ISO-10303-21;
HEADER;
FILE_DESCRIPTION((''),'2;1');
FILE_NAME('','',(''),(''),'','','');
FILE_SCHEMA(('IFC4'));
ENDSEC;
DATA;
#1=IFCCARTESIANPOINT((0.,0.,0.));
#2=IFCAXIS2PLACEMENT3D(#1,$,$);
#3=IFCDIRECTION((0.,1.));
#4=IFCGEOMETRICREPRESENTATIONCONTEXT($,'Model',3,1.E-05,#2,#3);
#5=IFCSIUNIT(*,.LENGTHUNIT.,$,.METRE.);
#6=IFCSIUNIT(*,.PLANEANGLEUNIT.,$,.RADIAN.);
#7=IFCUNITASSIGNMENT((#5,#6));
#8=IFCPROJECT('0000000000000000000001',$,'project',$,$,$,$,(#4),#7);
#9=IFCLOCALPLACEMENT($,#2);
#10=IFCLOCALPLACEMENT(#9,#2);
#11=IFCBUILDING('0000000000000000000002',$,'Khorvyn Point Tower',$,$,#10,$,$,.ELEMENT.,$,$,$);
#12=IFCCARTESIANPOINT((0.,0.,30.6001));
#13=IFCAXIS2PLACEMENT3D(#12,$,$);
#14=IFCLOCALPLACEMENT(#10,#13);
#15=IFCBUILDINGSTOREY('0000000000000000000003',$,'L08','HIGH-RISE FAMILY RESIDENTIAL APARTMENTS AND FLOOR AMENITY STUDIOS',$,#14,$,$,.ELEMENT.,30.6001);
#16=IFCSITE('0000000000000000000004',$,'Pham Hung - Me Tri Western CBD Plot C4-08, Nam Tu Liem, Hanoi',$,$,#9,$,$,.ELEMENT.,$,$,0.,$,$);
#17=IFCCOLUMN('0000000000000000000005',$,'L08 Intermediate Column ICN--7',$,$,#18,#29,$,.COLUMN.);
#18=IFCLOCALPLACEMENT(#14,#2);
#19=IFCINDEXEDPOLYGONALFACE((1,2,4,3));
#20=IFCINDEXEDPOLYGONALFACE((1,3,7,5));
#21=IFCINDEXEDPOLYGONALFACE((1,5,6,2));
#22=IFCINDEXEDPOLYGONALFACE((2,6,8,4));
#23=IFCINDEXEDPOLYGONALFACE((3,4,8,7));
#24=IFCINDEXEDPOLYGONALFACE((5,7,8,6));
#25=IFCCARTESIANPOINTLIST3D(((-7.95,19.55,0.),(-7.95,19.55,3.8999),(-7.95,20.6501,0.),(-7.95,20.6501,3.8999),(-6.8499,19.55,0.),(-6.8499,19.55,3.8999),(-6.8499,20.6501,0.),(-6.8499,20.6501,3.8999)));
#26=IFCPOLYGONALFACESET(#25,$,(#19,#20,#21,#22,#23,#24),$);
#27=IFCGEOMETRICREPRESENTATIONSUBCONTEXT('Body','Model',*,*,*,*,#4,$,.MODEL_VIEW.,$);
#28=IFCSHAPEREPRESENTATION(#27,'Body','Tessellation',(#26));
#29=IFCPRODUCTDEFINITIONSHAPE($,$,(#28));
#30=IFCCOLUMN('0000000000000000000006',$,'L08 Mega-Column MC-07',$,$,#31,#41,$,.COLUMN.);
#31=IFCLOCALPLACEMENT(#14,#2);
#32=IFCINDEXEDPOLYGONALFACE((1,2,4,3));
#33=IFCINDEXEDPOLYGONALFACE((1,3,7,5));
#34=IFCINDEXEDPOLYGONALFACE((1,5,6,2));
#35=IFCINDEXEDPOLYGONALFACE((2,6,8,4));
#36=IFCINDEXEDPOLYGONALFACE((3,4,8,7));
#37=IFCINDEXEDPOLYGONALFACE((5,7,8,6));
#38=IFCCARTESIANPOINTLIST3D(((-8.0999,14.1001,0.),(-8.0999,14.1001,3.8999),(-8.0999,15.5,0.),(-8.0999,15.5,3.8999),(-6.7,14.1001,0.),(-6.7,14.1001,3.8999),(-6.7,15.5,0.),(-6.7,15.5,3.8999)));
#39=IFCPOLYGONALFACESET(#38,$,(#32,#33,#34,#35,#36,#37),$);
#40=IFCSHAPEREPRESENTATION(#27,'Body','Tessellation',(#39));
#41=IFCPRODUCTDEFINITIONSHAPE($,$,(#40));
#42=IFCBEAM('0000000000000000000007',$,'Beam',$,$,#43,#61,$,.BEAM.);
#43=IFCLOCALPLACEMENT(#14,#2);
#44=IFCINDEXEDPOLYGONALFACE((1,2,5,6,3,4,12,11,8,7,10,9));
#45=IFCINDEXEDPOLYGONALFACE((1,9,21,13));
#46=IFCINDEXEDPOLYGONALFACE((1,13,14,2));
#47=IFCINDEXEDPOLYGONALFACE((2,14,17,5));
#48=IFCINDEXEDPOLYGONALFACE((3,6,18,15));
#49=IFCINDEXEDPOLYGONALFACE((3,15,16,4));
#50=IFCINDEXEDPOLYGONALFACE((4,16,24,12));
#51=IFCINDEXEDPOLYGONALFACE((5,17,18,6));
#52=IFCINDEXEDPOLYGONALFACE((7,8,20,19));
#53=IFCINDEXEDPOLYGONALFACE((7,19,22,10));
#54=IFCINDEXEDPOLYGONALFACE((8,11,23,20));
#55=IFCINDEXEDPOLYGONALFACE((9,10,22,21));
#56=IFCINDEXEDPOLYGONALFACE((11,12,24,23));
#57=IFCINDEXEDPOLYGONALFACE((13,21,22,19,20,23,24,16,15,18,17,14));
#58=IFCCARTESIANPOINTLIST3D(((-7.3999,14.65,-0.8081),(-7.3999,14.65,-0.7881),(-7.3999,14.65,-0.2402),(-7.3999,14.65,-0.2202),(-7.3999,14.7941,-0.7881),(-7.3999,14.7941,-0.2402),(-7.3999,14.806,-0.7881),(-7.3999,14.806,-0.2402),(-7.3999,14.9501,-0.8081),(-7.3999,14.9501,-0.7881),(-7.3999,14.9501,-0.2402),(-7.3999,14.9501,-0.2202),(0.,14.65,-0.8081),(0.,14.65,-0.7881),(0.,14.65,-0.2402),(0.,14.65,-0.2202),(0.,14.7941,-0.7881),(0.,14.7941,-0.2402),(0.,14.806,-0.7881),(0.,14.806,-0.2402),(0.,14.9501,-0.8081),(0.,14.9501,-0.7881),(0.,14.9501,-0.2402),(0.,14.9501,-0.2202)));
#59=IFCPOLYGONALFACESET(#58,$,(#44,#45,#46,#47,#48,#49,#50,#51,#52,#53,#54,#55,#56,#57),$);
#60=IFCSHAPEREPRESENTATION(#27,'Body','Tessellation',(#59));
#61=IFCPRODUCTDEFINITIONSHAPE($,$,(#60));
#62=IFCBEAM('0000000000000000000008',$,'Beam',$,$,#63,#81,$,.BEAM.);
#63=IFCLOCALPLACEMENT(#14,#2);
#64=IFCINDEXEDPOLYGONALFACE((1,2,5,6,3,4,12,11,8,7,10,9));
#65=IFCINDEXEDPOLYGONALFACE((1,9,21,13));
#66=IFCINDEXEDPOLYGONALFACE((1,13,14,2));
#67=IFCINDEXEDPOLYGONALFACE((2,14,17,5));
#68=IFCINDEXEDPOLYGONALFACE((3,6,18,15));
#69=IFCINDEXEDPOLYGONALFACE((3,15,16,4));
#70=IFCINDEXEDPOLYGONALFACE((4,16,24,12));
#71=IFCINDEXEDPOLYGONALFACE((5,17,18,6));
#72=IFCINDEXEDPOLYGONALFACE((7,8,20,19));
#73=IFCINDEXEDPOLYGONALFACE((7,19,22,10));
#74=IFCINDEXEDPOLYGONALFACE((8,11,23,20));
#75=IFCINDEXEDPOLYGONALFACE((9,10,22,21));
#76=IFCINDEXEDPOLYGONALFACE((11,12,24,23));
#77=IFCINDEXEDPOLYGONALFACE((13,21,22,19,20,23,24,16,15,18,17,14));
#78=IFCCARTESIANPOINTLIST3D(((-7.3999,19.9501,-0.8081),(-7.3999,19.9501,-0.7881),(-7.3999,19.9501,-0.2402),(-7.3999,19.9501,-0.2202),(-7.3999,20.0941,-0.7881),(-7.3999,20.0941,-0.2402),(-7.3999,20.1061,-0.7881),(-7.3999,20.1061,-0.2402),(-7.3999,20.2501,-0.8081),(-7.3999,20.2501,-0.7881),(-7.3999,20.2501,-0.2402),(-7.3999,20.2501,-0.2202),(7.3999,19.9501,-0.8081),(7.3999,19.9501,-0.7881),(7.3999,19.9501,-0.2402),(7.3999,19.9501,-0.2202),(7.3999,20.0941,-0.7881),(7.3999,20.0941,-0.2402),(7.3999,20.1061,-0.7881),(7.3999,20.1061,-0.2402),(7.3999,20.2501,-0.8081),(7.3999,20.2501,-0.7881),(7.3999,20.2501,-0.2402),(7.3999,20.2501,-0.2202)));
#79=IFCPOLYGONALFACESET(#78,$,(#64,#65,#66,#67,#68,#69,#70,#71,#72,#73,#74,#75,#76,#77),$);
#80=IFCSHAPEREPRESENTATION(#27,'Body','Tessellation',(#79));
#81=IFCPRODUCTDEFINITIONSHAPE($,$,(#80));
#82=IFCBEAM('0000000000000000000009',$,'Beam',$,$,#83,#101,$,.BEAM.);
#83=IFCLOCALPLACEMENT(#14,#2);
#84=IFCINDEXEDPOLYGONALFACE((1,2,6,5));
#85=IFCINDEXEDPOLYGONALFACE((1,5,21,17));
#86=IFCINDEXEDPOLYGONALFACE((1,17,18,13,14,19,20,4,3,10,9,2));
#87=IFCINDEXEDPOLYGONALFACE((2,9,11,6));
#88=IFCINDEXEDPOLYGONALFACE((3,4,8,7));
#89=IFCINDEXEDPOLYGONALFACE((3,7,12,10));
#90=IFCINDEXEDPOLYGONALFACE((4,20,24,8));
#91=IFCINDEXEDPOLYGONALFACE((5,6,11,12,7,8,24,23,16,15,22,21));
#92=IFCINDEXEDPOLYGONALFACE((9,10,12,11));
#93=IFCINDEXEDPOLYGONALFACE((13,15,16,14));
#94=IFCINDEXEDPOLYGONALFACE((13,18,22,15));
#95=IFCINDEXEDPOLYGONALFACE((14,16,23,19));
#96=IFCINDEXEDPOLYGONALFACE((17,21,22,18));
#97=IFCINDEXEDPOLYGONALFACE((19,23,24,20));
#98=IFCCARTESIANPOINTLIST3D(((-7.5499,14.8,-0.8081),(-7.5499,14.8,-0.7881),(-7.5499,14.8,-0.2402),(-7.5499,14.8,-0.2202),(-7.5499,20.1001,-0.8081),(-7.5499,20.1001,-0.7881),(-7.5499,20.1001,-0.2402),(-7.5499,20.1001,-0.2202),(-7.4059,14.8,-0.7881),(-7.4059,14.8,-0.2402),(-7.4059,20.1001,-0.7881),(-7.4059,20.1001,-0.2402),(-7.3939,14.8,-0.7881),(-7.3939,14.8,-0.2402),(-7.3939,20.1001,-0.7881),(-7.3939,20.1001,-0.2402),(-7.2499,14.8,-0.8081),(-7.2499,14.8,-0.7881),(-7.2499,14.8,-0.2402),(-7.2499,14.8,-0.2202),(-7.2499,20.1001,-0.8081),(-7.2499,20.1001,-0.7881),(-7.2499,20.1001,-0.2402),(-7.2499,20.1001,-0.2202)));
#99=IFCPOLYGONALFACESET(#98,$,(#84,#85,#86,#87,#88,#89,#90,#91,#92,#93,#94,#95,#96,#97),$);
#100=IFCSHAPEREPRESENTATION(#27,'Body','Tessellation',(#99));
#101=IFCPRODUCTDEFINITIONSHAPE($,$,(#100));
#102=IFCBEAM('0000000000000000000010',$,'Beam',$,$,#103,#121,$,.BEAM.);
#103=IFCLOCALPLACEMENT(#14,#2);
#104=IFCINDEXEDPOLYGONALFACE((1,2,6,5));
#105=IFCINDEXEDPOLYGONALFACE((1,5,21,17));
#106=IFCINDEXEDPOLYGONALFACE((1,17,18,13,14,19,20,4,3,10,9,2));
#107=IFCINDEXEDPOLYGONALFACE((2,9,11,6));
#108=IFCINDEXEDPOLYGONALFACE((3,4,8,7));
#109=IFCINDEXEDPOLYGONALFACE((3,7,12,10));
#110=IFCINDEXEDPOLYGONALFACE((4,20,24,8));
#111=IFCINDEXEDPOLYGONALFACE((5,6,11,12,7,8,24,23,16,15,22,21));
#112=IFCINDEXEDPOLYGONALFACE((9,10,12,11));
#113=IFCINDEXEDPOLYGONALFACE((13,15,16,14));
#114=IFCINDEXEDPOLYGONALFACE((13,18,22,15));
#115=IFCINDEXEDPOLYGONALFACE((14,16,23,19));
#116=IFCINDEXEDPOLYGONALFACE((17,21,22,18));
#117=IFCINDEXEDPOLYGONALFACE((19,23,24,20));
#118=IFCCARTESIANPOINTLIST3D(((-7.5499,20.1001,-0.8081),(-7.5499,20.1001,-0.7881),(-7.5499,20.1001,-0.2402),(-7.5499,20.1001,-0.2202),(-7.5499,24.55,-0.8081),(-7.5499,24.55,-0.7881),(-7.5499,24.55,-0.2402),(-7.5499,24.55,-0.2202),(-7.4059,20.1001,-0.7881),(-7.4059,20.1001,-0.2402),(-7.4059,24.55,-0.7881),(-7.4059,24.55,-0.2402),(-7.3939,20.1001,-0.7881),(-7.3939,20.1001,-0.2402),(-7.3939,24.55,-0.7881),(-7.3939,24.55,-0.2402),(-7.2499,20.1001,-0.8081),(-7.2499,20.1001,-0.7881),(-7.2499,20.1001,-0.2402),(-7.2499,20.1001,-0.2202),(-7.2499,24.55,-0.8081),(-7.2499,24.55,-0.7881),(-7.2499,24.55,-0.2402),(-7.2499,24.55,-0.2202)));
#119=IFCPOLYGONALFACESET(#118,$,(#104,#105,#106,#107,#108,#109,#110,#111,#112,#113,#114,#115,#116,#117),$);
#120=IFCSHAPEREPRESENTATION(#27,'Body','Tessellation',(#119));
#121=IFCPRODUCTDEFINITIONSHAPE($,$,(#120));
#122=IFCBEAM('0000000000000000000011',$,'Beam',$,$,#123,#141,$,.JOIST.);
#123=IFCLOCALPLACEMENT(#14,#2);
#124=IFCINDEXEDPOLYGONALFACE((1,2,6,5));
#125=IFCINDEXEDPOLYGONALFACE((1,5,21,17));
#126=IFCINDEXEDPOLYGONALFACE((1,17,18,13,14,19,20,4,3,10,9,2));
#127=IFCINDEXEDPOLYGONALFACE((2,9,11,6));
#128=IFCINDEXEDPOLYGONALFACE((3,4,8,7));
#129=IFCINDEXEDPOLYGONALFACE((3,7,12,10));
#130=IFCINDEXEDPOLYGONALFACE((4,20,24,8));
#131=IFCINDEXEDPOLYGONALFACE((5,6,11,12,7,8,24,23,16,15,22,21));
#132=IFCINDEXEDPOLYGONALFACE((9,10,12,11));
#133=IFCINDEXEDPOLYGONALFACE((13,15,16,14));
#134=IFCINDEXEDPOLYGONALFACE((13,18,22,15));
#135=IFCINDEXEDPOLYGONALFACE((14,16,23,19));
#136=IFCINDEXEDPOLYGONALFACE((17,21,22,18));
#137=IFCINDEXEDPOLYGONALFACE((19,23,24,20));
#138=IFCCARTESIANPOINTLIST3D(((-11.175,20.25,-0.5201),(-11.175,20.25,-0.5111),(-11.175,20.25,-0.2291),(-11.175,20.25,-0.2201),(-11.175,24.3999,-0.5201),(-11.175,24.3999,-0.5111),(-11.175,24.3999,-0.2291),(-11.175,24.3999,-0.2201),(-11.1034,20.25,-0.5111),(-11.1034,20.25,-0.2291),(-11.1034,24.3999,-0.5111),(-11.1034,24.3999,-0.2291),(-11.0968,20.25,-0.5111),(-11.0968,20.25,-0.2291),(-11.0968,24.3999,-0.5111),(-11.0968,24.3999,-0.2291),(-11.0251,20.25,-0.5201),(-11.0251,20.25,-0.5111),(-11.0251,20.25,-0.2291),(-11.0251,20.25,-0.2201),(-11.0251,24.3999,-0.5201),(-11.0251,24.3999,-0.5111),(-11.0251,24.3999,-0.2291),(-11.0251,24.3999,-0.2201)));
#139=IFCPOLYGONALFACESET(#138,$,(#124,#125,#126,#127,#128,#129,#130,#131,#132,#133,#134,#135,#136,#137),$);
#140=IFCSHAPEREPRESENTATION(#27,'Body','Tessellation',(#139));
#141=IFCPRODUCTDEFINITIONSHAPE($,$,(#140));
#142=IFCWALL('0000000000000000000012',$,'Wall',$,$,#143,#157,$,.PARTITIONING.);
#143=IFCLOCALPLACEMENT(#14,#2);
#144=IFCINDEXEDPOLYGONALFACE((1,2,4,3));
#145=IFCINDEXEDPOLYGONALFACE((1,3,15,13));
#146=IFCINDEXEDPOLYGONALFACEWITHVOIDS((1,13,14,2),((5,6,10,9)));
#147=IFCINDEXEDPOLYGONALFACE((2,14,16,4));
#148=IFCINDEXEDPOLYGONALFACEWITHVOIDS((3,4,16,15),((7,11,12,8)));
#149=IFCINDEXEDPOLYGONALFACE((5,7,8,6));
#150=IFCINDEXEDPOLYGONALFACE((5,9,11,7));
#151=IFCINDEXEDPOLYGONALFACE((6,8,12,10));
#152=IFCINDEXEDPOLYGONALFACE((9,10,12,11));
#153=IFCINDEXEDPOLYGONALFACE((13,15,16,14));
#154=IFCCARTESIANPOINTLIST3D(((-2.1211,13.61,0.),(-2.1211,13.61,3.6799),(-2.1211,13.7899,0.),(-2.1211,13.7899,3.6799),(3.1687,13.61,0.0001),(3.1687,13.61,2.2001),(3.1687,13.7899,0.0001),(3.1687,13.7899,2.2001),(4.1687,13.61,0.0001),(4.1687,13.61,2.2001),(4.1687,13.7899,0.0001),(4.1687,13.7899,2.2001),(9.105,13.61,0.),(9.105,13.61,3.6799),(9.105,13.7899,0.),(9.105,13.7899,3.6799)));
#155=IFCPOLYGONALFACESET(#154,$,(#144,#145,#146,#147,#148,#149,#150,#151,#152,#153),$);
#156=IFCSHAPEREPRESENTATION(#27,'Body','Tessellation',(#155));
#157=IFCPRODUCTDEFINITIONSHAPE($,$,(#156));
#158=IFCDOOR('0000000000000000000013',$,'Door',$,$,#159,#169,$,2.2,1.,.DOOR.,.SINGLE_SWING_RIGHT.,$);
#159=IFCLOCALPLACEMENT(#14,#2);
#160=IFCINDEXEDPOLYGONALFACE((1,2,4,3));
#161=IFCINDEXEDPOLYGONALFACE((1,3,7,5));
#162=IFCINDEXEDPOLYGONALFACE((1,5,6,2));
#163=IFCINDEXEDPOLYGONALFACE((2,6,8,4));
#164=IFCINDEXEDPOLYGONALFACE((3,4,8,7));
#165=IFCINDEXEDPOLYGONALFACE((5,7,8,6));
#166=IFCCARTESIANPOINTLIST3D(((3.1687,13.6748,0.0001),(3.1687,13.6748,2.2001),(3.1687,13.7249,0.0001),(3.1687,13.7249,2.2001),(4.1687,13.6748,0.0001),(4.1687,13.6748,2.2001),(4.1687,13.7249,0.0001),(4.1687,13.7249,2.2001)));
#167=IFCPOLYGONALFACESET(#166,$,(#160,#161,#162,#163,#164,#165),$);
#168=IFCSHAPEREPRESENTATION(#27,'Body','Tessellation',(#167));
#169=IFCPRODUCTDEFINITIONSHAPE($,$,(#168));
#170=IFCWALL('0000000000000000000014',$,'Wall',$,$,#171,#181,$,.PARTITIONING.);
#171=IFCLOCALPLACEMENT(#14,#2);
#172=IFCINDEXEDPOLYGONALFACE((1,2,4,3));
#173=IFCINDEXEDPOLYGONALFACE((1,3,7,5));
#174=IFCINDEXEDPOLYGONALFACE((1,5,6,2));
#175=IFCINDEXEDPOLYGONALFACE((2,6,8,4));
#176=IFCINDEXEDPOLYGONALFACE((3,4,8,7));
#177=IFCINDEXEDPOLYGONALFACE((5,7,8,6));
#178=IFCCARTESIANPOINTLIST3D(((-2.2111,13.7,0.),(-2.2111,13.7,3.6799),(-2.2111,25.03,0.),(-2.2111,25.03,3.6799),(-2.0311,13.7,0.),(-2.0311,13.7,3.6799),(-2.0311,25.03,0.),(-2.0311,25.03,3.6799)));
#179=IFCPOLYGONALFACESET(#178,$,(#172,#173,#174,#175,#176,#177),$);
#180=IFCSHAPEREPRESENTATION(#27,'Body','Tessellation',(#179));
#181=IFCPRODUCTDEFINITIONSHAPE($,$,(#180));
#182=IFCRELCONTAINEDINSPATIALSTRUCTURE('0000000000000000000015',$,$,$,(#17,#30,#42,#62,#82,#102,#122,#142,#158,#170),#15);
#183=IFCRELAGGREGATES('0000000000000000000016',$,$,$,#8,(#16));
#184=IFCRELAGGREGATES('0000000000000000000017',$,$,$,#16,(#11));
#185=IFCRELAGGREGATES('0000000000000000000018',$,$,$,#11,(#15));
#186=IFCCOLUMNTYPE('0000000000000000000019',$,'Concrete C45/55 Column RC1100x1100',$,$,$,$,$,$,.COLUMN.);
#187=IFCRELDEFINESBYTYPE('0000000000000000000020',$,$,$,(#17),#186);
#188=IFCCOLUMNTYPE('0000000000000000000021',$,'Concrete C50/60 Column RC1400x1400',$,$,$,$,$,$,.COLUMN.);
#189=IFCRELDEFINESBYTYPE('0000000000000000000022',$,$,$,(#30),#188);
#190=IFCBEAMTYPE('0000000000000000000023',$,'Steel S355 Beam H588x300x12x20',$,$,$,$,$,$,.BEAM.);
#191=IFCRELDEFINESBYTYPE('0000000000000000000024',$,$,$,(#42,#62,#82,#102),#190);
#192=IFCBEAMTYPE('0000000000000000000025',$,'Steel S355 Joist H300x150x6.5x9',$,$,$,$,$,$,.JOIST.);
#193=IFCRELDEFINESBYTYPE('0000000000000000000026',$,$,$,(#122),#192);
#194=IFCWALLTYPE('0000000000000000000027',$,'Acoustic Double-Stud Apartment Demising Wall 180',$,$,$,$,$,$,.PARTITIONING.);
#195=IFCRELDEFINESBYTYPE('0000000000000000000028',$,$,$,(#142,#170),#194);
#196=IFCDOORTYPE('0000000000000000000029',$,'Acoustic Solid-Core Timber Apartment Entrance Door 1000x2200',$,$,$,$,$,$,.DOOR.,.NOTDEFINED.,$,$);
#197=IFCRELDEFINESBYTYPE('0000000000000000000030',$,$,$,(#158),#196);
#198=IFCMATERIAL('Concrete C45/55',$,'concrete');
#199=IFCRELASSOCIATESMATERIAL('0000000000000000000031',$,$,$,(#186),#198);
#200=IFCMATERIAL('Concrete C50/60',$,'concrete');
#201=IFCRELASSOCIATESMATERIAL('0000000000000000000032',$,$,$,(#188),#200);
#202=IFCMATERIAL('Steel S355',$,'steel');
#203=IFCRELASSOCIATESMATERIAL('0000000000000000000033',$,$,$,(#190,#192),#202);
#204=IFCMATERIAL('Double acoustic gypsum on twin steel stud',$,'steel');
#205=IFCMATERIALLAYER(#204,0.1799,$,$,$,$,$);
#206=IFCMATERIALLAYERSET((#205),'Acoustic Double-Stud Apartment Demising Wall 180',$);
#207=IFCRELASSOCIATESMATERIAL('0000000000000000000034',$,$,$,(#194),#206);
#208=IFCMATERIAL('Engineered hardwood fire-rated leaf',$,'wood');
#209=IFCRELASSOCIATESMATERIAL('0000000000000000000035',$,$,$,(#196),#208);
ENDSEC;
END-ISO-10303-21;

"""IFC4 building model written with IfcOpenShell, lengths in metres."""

from ifc_helpers import new_model, si_unit, direction, frame, frame_2d, origin, origin_2d, place, context, subcontext, project, spatial, rectangle, i_section, extrude, material, layer, layer_set, material_profile, profile_set, type_object, element, fill, save


model = new_model("IFC4")

# Units and contexts
model_context = context("Model", 3, precision=1e-05, world=origin(), true_north=direction((0.0, 1.0)))
body_context = subcontext(model_context, "Body", "Model", "MODEL_VIEW")
ifc_project = project(units=[si_unit("LENGTHUNIT", "METRE"), si_unit("PLANEANGLEUNIT", "RADIAN")], contexts=[model_context])

# Site, building, storey
site_placement = place(None, origin())
site = spatial("IfcSite", under=ifc_project, at=site_placement, Name="Pham Hung - Me Tri Western CBD Plot C4-08, Nam Tu Liem, Hanoi", CompositionType="ELEMENT", RefElevation=0.0)
building_placement = place(site_placement, origin())
building = spatial("IfcBuilding", under=site, at=building_placement, Name="Khorvyn Point Tower", CompositionType="ELEMENT")
storey_placement = place(building_placement, frame((0.0, 0.0, 30.6001)))
storey = spatial("IfcBuildingStorey", under=building, at=storey_placement, Name="L08", Description="HIGH-RISE FAMILY RESIDENTIAL APARTMENTS AND FLOOR AMENITY STUDIOS", CompositionType="ELEMENT", Elevation=30.6001)

# Columns
ifc_material_1 = material(Name="Concrete C45/55", Category="concrete")
ifc_material_profile_1 = material_profile(ifc_material_1, rectangle(XDim=1.1001, YDim=1.1001, at=origin_2d()))
ifc_profile_set_1 = profile_set([ifc_material_profile_1], Name="Concrete C45/55 RC1100x1100")
column_type_1 = type_object("IfcColumnType", Name="Concrete C45/55 Column RC1100x1100", PredefinedType="COLUMN", material=ifc_profile_set_1)
column_1_placement = place(storey_placement, frame((-7.3999, 20.1001, 0.0), z_axis=(0.0, 0.0, 1.0), x_axis=(1.0, 0.0, 0.0)))
element("IfcColumn", 1, at=column_1_placement, inside=storey, type_object=column_type_1, Name="L08 Intermediate Column ICN--7", PredefinedType="COLUMN", context=body_context, shape_type="SweptSolid", body=[
    extrude(rectangle(XDim=1.1001, YDim=1.1001, at=origin_2d()), origin(), (0.0, 0.0, 1.0), 3.8999),
])
ifc_material_2 = material(Name="Concrete C50/60", Category="concrete")
ifc_material_profile_2 = material_profile(ifc_material_2, rectangle(XDim=1.3999, YDim=1.3999, at=origin_2d()))
ifc_profile_set_2 = profile_set([ifc_material_profile_2], Name="Concrete C50/60 RC1400x1400")
column_type_2 = type_object("IfcColumnType", Name="Concrete C50/60 Column RC1400x1400", PredefinedType="COLUMN", material=ifc_profile_set_2)
column_2_placement = place(storey_placement, frame((-7.3999, 14.8, 0.0), z_axis=(0.0, 0.0, 1.0), x_axis=(1.0, 0.0, 0.0)))
element("IfcColumn", 2, at=column_2_placement, inside=storey, type_object=column_type_2, Name="L08 Mega-Column MC-07", PredefinedType="COLUMN", context=body_context, shape_type="SweptSolid", body=[
    extrude(rectangle(XDim=1.3999, YDim=1.3999, at=origin_2d()), origin(), (0.0, 0.0, 1.0), 3.8999),
])

# Beams
ifc_material_3 = material(Name="Steel S355", Category="steel")
ifc_material_profile_3 = material_profile(ifc_material_3, i_section(OverallWidth=0.3, OverallDepth=0.5879, WebThickness=0.012, FlangeThickness=0.02, at=origin_2d()))
ifc_profile_set_3 = profile_set([ifc_material_profile_3], Name="Steel S355 H588x300x12x20")
beam_type_1 = type_object("IfcBeamType", Name="Steel S355 Beam H588x300x12x20", PredefinedType="BEAM", material=ifc_profile_set_3)
beam_1_placement = place(storey_placement, frame((-7.3999, 14.8, -0.5142), z_axis=(1.0, 0.0, 0.0), x_axis=(0.0, 1.0, 0.0)))
element("IfcBeam", 3, at=beam_1_placement, inside=storey, type_object=beam_type_1, Name="Beam", PredefinedType="BEAM", context=body_context, shape_type="SweptSolid", body=[
    extrude(i_section(OverallWidth=0.3, OverallDepth=0.5879, WebThickness=0.012, FlangeThickness=0.02, at=origin_2d()), origin(), (0.0, 0.0, 1.0), 7.3999),
])
beam_2_placement = place(storey_placement, frame((-7.3999, 20.1001, -0.5142), z_axis=(1.0, 0.0, 0.0), x_axis=(0.0, 1.0, 0.0)))
element("IfcBeam", 4, at=beam_2_placement, inside=storey, type_object=beam_type_1, Name="Beam", PredefinedType="BEAM", context=body_context, shape_type="SweptSolid", body=[
    extrude(i_section(OverallWidth=0.3, OverallDepth=0.5879, WebThickness=0.012, FlangeThickness=0.02, at=origin_2d()), origin(), (0.0, 0.0, 1.0), 14.7998),
])
beam_3_placement = place(storey_placement, frame((-7.3999, 14.8, -0.5142), z_axis=(0.0, 1.0, 0.0), x_axis=(-1.0, 0.0, 0.0)))
element("IfcBeam", 5, at=beam_3_placement, inside=storey, type_object=beam_type_1, Name="Beam", PredefinedType="BEAM", context=body_context, shape_type="SweptSolid", body=[
    extrude(i_section(OverallWidth=0.3, OverallDepth=0.5879, WebThickness=0.012, FlangeThickness=0.02, at=origin_2d()), origin(), (0.0, 0.0, 1.0), 5.3),
])
beam_4_placement = place(storey_placement, frame((-7.3999, 20.1001, -0.5142), z_axis=(0.0, 1.0, 0.0), x_axis=(-1.0, 0.0, 0.0)))
element("IfcBeam", 6, at=beam_4_placement, inside=storey, type_object=beam_type_1, Name="Beam", PredefinedType="BEAM", context=body_context, shape_type="SweptSolid", body=[
    extrude(i_section(OverallWidth=0.3, OverallDepth=0.5879, WebThickness=0.012, FlangeThickness=0.02, at=origin_2d()), origin(), (0.0, 0.0, 1.0), 4.45),
])
ifc_material_profile_4 = material_profile(ifc_material_3, i_section(OverallWidth=0.1499, OverallDepth=0.3, WebThickness=0.0066, FlangeThickness=0.009, at=origin_2d()))
ifc_profile_set_4 = profile_set([ifc_material_profile_4], Name="Steel S355 H300x150x6.5x9")
beam_type_2 = type_object("IfcBeamType", Name="Steel S355 Joist H300x150x6.5x9", PredefinedType="JOIST", material=ifc_profile_set_4)
beam_5_placement = place(storey_placement, frame((-11.1001, 20.25, -0.3701), z_axis=(0.0, 1.0, 0.0), x_axis=(-1.0, 0.0, 0.0)))
element("IfcBeam", 7, at=beam_5_placement, inside=storey, type_object=beam_type_2, Name="Beam", PredefinedType="JOIST", context=body_context, shape_type="SweptSolid", body=[
    extrude(i_section(OverallWidth=0.1499, OverallDepth=0.3, WebThickness=0.0066, FlangeThickness=0.009, at=origin_2d()), origin(), (0.0, 0.0, 1.0), 4.1499),
])

# Wall, opening, door
ifc_material_4 = material(Name="Double acoustic gypsum on twin steel stud", Category="steel")
ifc_layer_1 = layer(ifc_material_4, 0.1799)
ifc_layer_set_1 = layer_set([ifc_layer_1], Name="Acoustic Double-Stud Apartment Demising Wall 180")
wall_type_1 = type_object("IfcWallType", Name="Acoustic Double-Stud Apartment Demising Wall 180", PredefinedType="PARTITIONING", material=ifc_layer_set_1)
wall_1_placement = place(storey_placement, frame((-2.1211, 13.7, 0.0), z_axis=(0.0, 0.0, 1.0), x_axis=(1.0, 0.0, 0.0)))
wall_1 = element("IfcWall", 8, at=wall_1_placement, inside=storey, type_object=wall_type_1, Name="Wall", PredefinedType="PARTITIONING", context=body_context, shape_type="SweptSolid", body=[
    extrude(rectangle(XDim=11.2261, YDim=0.1799, at=frame_2d((5.613, 0.0))), origin(), (0.0, 0.0, 1.0), 3.6799),
])
opening_1_placement = place(wall_1_placement, frame((5.2898, 0.0, 0.0)))
opening_1 = element("IfcOpeningElement", 9, at=opening_1_placement, cuts=wall_1, PredefinedType="OPENING", context=body_context, shape_type="SweptSolid", body=[
    extrude(rectangle(XDim=1.0, YDim=2.2, at=frame_2d((0.5, 1.1001))), frame((0.0, 0.0999, 0.0), z_axis=(0.0, -1.0, 0.0), x_axis=(1.0, 0.0, 0.0)), (0.0, 0.0, 1.0), 0.2),
])
ifc_material_5 = material(Name="Engineered hardwood fire-rated leaf", Category="wood")
door_type_1 = type_object("IfcDoorType", Name="Acoustic Solid-Core Timber Apartment Entrance Door 1000x2200", OperationType="NOTDEFINED", PredefinedType="DOOR", material=ifc_material_5)
door_1_placement = place(opening_1_placement, origin())
door_1 = element("IfcDoor", 10, at=door_1_placement, inside=storey, type_object=door_type_1, Name="Door", OperationType="SINGLE_SWING_RIGHT", OverallHeight=2.2, OverallWidth=1.0, PredefinedType="DOOR", context=body_context, shape_type="SweptSolid", body=[
    extrude(rectangle(XDim=1.0, YDim=2.2, at=frame_2d((0.5, 1.1001))), frame((0.0, 0.0249, 0.0), z_axis=(0.0, -1.0, 0.0), x_axis=(1.0, 0.0, 0.0)), (0.0, 0.0, 1.0), 0.05),
])
fill(opening_1, door_1)

# Wall
wall_2_placement = place(storey_placement, frame((-2.1211, 13.7, 0.0), z_axis=(0.0, 0.0, 1.0), x_axis=(0.0, 1.0, 0.0)))
element("IfcWall", 11, at=wall_2_placement, inside=storey, type_object=wall_type_1, Name="Wall", PredefinedType="PARTITIONING", context=body_context, shape_type="SweptSolid", body=[
    extrude(rectangle(XDim=11.3301, YDim=0.1799, at=frame_2d((5.665, 0.0))), origin(), (0.0, 0.0, 1.0), 3.6799),
])

save(model, "model.ifc")
